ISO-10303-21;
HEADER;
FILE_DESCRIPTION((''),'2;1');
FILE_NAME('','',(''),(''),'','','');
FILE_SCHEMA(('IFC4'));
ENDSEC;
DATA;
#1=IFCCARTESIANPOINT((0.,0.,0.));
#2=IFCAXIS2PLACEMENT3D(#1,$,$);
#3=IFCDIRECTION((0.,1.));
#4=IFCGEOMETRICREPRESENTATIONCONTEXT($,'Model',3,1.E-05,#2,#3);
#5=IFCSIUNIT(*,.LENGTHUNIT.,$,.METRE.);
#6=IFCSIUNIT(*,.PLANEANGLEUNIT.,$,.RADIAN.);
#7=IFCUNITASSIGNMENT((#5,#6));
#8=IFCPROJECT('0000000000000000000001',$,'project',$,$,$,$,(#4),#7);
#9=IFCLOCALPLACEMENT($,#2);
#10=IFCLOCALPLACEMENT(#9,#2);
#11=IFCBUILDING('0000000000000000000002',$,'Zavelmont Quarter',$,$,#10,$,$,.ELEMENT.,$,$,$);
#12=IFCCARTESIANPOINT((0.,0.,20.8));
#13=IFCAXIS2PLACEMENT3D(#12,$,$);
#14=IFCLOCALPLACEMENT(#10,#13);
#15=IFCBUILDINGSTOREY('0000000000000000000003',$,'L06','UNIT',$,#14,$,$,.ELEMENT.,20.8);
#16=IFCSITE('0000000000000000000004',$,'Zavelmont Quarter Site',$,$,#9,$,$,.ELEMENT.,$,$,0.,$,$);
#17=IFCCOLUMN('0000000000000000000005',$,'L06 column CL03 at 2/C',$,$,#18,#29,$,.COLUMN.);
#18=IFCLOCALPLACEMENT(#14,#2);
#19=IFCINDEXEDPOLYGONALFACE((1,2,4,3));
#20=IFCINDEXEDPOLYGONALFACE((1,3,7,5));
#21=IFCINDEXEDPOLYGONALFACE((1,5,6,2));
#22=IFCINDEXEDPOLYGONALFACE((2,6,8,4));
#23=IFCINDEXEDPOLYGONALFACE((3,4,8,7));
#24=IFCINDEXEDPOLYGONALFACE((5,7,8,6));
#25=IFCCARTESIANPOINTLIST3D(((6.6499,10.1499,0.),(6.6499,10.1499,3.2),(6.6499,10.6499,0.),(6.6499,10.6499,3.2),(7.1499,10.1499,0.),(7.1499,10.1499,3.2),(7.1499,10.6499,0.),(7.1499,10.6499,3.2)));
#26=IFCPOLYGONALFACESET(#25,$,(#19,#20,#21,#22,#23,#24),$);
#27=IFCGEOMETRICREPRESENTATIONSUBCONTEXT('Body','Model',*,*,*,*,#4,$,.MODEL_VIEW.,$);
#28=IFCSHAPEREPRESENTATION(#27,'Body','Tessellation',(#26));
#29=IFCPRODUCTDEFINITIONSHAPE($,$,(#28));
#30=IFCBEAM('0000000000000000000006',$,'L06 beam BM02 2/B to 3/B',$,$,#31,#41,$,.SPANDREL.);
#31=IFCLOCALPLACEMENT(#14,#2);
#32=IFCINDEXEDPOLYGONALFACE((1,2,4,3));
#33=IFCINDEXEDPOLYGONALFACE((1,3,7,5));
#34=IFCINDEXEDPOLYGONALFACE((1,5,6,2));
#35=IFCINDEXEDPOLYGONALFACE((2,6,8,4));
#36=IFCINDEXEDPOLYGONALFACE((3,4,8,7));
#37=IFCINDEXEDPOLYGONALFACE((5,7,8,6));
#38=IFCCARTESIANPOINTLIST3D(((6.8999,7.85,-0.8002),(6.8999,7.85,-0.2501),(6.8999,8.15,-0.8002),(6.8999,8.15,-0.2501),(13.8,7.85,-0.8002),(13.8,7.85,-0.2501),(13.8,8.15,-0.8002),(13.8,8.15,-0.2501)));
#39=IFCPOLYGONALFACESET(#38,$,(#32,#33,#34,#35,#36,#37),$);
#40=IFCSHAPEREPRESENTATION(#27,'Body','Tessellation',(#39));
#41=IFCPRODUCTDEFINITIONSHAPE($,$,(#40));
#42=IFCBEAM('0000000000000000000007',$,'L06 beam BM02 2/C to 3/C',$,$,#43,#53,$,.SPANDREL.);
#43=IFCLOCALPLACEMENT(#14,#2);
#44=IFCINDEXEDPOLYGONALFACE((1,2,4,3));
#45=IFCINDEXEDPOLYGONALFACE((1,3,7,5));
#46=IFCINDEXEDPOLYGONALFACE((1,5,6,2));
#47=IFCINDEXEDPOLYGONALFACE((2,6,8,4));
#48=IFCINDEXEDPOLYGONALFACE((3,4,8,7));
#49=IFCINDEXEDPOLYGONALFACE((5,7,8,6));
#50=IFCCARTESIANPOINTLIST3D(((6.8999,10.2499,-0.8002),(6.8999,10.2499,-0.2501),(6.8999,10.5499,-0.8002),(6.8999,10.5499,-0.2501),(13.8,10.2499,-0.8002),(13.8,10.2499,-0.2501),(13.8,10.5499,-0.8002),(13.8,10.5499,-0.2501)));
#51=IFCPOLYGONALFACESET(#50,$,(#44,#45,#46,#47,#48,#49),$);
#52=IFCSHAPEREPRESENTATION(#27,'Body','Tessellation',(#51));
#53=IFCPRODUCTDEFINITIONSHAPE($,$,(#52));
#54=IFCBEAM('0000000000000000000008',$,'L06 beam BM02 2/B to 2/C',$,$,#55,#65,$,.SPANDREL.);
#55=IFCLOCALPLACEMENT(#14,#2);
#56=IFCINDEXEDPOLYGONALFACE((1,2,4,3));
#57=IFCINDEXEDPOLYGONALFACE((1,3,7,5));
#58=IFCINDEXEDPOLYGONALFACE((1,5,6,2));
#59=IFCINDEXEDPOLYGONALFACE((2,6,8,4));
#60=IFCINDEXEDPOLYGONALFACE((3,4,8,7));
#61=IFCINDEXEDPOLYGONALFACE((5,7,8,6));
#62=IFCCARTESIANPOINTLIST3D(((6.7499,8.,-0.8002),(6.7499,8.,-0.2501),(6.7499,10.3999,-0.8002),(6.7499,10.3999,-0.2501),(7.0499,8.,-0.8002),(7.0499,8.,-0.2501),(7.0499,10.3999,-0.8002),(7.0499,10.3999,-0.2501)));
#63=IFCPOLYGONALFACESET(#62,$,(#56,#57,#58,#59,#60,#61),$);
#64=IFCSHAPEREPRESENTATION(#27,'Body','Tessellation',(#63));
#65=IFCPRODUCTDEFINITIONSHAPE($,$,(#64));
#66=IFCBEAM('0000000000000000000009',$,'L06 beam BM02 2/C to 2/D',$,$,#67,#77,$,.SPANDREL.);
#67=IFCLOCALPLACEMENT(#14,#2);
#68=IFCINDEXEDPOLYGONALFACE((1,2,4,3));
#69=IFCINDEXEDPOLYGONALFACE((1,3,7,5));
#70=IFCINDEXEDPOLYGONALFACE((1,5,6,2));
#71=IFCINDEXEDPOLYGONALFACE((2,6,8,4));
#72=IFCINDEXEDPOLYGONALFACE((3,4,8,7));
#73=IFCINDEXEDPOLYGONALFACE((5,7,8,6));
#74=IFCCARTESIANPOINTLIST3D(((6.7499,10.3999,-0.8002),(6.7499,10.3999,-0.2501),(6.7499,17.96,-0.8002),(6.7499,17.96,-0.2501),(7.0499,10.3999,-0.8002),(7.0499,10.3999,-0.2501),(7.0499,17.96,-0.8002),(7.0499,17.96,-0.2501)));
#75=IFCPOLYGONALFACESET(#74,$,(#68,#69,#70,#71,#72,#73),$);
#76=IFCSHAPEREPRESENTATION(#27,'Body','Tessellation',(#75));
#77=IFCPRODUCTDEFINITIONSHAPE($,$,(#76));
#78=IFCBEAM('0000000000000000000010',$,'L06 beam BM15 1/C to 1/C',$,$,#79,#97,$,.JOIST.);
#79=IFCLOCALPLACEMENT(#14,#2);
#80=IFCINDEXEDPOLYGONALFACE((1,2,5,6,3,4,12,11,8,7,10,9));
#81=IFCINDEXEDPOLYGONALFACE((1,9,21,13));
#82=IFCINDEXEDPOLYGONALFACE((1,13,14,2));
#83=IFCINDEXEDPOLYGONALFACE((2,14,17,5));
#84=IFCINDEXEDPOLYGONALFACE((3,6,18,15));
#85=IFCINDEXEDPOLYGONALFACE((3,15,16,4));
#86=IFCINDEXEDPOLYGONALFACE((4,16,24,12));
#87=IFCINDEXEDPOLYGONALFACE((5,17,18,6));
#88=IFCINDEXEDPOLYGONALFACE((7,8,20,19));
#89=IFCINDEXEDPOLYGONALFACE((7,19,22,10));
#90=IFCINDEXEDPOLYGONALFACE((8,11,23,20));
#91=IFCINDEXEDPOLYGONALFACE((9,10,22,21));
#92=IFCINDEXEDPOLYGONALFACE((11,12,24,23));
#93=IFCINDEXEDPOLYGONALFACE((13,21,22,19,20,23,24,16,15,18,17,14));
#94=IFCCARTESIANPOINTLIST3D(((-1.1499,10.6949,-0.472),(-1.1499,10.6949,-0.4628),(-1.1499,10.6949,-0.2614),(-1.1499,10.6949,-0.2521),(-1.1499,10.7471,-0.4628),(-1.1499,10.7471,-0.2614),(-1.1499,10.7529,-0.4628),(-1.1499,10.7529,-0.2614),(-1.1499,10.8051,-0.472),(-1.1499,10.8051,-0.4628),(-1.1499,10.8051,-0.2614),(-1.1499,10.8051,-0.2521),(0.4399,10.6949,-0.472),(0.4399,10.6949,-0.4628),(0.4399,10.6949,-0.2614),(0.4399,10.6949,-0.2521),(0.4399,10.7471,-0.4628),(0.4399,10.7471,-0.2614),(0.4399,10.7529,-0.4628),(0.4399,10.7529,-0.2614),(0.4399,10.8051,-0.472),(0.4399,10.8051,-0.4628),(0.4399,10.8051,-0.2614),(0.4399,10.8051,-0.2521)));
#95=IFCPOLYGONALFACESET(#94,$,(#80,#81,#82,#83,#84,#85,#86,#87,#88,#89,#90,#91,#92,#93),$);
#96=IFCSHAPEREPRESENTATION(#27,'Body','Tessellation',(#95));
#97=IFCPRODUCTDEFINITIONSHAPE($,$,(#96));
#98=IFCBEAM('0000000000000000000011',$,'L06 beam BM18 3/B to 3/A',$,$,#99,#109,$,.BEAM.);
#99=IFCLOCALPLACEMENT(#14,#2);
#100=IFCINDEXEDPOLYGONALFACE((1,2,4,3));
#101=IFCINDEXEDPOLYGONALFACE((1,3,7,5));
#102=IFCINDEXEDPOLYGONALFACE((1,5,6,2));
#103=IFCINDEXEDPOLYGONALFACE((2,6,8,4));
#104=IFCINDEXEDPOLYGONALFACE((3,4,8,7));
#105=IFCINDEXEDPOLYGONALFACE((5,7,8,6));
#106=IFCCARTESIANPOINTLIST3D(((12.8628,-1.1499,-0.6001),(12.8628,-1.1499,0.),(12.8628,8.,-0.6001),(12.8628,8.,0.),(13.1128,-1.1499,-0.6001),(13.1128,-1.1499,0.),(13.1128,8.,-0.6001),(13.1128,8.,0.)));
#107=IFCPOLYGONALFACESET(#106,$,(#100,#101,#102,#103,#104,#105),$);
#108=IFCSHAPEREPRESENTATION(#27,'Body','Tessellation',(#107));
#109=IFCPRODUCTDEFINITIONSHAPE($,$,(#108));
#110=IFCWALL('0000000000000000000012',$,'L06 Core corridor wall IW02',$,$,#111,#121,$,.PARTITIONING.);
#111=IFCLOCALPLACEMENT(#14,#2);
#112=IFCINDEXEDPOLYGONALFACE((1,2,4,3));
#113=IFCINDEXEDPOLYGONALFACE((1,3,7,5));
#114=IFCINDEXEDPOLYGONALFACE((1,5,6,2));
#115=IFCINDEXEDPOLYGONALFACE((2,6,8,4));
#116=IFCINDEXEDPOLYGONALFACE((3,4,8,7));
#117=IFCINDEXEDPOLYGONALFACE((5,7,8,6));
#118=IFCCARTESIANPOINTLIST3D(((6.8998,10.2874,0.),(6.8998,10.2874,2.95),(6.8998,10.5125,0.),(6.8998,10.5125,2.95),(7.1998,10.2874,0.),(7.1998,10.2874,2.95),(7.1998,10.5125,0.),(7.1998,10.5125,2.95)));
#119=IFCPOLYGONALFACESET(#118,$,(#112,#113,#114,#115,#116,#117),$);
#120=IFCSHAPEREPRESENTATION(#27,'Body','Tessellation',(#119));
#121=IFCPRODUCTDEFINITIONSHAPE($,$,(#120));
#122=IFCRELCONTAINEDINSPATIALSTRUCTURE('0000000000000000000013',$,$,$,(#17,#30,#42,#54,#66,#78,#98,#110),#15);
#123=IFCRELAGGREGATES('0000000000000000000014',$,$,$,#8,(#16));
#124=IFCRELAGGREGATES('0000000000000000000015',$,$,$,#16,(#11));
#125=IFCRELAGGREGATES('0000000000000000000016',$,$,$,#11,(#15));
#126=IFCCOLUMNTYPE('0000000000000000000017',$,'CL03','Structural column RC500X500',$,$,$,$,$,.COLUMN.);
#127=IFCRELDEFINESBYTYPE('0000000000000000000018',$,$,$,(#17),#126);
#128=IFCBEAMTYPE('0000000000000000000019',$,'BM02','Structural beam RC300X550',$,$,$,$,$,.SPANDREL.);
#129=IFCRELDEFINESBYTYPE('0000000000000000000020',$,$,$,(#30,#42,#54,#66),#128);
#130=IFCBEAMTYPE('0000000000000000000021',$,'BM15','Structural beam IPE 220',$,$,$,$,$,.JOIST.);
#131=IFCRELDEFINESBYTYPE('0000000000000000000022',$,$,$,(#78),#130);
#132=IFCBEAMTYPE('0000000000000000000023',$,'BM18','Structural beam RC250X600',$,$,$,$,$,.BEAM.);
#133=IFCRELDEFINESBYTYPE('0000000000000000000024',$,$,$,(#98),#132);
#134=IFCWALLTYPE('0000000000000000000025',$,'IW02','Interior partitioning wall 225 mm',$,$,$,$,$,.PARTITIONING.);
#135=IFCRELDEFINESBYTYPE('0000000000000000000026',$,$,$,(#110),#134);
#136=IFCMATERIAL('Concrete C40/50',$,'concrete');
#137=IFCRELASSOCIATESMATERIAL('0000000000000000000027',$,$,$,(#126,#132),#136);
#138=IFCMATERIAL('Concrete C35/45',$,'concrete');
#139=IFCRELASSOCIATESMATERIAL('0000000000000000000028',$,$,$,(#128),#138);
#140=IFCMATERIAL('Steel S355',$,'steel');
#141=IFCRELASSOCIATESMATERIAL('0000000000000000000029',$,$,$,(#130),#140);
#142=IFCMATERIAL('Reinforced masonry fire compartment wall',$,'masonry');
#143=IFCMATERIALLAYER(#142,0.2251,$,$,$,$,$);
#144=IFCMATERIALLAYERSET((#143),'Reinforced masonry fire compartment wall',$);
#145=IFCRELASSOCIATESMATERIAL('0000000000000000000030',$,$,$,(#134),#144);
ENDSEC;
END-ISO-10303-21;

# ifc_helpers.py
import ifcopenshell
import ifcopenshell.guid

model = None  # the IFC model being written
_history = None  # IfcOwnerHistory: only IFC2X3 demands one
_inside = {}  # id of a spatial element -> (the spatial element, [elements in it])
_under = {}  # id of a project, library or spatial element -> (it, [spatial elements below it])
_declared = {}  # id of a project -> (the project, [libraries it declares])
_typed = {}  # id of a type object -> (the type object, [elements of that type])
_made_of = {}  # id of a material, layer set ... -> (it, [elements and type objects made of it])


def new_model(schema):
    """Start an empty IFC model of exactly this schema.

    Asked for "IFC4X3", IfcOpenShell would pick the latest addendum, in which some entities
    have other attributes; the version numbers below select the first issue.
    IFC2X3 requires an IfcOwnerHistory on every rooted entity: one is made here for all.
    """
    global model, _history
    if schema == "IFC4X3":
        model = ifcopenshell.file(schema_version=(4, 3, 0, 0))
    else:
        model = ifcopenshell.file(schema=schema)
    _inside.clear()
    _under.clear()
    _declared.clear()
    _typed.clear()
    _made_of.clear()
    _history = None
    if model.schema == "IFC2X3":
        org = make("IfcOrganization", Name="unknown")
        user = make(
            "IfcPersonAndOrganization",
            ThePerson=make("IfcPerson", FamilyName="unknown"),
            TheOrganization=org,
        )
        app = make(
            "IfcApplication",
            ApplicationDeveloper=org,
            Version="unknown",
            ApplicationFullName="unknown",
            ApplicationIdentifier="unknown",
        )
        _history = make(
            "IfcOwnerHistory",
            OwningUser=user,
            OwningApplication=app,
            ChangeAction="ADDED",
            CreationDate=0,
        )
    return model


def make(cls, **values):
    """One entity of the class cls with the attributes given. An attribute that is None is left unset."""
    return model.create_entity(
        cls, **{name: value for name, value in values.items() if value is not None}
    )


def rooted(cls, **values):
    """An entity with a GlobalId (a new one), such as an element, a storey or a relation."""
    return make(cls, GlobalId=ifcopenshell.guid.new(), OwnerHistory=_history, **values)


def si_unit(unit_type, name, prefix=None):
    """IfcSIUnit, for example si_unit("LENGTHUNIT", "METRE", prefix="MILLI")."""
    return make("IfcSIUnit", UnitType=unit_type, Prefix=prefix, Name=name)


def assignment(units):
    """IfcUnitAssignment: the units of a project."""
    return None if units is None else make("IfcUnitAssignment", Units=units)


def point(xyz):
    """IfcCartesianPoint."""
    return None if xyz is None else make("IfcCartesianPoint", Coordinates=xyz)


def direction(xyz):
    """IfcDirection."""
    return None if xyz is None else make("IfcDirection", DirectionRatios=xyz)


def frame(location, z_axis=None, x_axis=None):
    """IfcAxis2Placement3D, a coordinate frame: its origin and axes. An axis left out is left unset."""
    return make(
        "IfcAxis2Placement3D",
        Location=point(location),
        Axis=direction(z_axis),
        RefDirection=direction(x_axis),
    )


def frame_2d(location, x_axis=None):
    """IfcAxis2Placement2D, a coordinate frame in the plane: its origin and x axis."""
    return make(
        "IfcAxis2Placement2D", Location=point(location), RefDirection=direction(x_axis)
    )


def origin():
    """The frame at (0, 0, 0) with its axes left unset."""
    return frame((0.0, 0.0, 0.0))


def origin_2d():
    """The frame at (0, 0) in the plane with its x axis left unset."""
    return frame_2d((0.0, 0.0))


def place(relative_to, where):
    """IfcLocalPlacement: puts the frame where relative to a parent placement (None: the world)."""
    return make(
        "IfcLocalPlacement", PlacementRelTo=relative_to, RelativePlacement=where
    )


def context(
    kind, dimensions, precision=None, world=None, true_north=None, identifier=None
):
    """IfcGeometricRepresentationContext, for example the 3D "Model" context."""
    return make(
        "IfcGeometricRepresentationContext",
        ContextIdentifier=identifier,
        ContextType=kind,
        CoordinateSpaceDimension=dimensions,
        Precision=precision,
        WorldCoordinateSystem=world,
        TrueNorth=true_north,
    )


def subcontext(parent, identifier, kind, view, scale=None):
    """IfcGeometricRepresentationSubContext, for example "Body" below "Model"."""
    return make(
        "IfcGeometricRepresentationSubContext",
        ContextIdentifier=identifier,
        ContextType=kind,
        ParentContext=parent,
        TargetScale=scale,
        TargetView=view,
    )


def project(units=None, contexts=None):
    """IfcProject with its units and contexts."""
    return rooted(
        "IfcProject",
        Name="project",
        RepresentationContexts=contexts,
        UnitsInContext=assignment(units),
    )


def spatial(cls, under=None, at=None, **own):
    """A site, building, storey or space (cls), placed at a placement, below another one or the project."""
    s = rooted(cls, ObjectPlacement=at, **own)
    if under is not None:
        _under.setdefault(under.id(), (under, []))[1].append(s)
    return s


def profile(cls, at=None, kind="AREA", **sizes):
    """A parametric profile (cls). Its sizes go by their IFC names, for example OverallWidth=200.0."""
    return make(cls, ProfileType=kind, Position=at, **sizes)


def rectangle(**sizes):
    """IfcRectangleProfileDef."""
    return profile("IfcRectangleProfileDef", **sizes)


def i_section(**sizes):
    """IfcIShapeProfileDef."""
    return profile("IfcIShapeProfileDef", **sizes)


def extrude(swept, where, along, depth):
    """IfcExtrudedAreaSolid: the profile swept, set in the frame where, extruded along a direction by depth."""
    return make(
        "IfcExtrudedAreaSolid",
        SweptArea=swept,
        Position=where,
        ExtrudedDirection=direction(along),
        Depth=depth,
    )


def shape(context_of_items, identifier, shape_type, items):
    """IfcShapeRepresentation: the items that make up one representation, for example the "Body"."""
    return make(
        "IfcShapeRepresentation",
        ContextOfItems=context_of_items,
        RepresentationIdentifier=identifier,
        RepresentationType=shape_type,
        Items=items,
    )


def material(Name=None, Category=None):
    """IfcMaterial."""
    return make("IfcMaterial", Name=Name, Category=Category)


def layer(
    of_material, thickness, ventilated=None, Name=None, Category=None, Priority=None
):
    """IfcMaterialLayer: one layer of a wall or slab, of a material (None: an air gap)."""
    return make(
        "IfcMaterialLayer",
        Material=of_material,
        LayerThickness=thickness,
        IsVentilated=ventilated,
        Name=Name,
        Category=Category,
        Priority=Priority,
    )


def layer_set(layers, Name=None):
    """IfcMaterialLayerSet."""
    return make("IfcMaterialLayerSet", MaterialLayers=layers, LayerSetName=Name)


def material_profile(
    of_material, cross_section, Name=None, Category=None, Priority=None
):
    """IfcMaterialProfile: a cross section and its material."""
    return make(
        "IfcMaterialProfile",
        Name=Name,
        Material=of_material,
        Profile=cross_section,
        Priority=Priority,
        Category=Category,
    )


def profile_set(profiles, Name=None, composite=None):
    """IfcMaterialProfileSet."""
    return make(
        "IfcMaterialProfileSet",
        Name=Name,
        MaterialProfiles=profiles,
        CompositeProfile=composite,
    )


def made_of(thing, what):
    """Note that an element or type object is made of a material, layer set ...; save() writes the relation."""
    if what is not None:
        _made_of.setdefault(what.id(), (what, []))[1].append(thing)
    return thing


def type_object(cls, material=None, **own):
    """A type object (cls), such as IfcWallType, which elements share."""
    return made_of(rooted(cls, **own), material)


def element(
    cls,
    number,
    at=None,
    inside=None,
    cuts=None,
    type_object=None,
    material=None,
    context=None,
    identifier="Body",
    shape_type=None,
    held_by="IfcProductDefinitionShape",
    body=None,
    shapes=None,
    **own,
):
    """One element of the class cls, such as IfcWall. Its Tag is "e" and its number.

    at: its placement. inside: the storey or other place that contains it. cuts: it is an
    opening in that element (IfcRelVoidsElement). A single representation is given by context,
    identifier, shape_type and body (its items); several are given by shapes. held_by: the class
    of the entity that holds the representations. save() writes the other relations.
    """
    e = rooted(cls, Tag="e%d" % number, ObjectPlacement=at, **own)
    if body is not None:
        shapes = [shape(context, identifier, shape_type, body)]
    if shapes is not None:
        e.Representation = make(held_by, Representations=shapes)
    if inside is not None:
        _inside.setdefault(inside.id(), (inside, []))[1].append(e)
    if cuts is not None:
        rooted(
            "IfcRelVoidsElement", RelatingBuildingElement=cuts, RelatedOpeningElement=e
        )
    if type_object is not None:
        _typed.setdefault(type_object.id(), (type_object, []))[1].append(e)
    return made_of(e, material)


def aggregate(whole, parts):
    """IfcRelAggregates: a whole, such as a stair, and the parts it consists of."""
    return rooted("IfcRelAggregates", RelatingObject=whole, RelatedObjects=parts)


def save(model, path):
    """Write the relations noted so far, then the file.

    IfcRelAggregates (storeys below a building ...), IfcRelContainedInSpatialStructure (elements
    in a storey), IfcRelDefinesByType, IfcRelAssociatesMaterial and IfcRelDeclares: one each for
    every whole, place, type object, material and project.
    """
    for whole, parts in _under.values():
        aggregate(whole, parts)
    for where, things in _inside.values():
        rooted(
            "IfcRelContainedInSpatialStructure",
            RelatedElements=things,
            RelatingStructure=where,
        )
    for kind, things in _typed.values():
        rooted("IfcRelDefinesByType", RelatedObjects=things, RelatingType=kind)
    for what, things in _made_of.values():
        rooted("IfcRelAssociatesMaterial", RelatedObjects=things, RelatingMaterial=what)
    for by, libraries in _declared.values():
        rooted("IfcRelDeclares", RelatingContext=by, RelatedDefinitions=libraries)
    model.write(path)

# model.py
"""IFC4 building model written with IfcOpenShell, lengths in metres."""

from ifc_helpers import new_model, si_unit, direction, frame, frame_2d, origin, origin_2d, place, context, subcontext, project, spatial, rectangle, i_section, extrude, material, layer, layer_set, material_profile, profile_set, type_object, element, save


model = new_model("IFC4")

# Units and contexts
model_context = context("Model", 3, precision=1e-05, world=origin(), true_north=direction((0.0, 1.0)))
body_context = subcontext(model_context, "Body", "Model", "MODEL_VIEW")
ifc_project = project(units=[si_unit("LENGTHUNIT", "METRE"), si_unit("PLANEANGLEUNIT", "RADIAN")], contexts=[model_context])

# Site, building, storey
site_placement = place(None, origin())
site = spatial("IfcSite", under=ifc_project, at=site_placement, Name="Zavelmont Quarter Site", CompositionType="ELEMENT", RefElevation=0.0)
building_placement = place(site_placement, origin())
building = spatial("IfcBuilding", under=site, at=building_placement, Name="Zavelmont Quarter", CompositionType="ELEMENT")
storey_placement = place(building_placement, frame((0.0, 0.0, 20.8)))
storey = spatial("IfcBuildingStorey", under=building, at=storey_placement, Name="L06", Description="UNIT", CompositionType="ELEMENT", Elevation=20.8)

# Column
ifc_material_1 = material(Name="Concrete C40/50", Category="concrete")
ifc_material_profile_1 = material_profile(ifc_material_1, rectangle(XDim=0.5, YDim=0.5, at=origin_2d()), Name="RC500X500")
ifc_profile_set_1 = profile_set([ifc_material_profile_1], Name="Concrete C40/50")
column_type = type_object("IfcColumnType", Name="CL03", Description="Structural column RC500X500", PredefinedType="COLUMN", material=ifc_profile_set_1)
column_placement = place(storey_placement, frame((6.8999, 10.3999, 0.0), z_axis=(0.0, 0.0, 1.0), x_axis=(1.0, 0.0, 0.0)))
element("IfcColumn", 1, at=column_placement, inside=storey, type_object=column_type, Name="L06 column CL03 at 2/C", PredefinedType="COLUMN", context=body_context, shape_type="SweptSolid", body=[
    extrude(rectangle(XDim=0.5, YDim=0.5, at=origin_2d()), origin(), (0.0, 0.0, 1.0), 3.2),
])

# Beams
ifc_material_2 = material(Name="Concrete C35/45", Category="concrete")
ifc_material_profile_2 = material_profile(ifc_material_2, rectangle(XDim=0.3, YDim=0.55, at=origin_2d()), Name="RC300X550")
ifc_profile_set_2 = profile_set([ifc_material_profile_2], Name="Concrete C35/45")
beam_type_1 = type_object("IfcBeamType", Name="BM02", Description="Structural beam RC300X550", PredefinedType="SPANDREL", material=ifc_profile_set_2)
for number, where, z_axis, x_axis, name in (
    (2, (6.8999, 8.0, -0.5251), (1.0, 0.0, 0.0), (0.0, 1.0, 0.0), "L06 beam BM02 2/B to 3/B"),
    (3, (6.8999, 10.3999, -0.5251), (1.0, 0.0, 0.0), (0.0, 1.0, 0.0), "L06 beam BM02 2/C to 3/C"),
):
    element("IfcBeam", number, at=place(storey_placement, frame(where, z_axis=z_axis, x_axis=x_axis)), inside=storey, type_object=beam_type_1, Name=name, PredefinedType="SPANDREL", context=body_context, shape_type="SweptSolid", body=[
        extrude(rectangle(XDim=0.3, YDim=0.55, at=origin_2d()), origin(), (0.0, 0.0, 1.0), 6.9001),
    ])
beam_1_placement = place(storey_placement, frame((6.8999, 8.0, -0.5251), z_axis=(0.0, 1.0, 0.0), x_axis=(-1.0, 0.0, 0.0)))
element("IfcBeam", 4, at=beam_1_placement, inside=storey, type_object=beam_type_1, Name="L06 beam BM02 2/B to 2/C", PredefinedType="SPANDREL", context=body_context, shape_type="SweptSolid", body=[
    extrude(rectangle(XDim=0.3, YDim=0.55, at=origin_2d()), origin(), (0.0, 0.0, 1.0), 2.3999),
])
beam_2_placement = place(storey_placement, frame((6.8999, 10.3999, -0.5251), z_axis=(0.0, 1.0, 0.0), x_axis=(-1.0, 0.0, 0.0)))
element("IfcBeam", 5, at=beam_2_placement, inside=storey, type_object=beam_type_1, Name="L06 beam BM02 2/C to 2/D", PredefinedType="SPANDREL", context=body_context, shape_type="SweptSolid", body=[
    extrude(rectangle(XDim=0.3, YDim=0.55, at=origin_2d()), origin(), (0.0, 0.0, 1.0), 7.5601),
])
ifc_material_3 = material(Name="Steel S355", Category="steel")
ifc_material_profile_3 = material_profile(ifc_material_3, i_section(OverallWidth=0.1101, OverallDepth=0.22, WebThickness=0.0059, FlangeThickness=0.0093, at=origin_2d()), Name="IPE 220")
ifc_profile_set_3 = profile_set([ifc_material_profile_3], Name="Steel S355")
beam_type_2 = type_object("IfcBeamType", Name="BM15", Description="Structural beam IPE 220", PredefinedType="JOIST", material=ifc_profile_set_3)
beam_3_placement = place(storey_placement, frame((0.4399, 10.75, -0.3621), z_axis=(-1.0, 0.0, 0.0), x_axis=(0.0, -1.0, 0.0)))
element("IfcBeam", 6, at=beam_3_placement, inside=storey, type_object=beam_type_2, Name="L06 beam BM15 1/C to 1/C", PredefinedType="JOIST", context=body_context, shape_type="SweptSolid", body=[
    extrude(i_section(OverallWidth=0.1101, OverallDepth=0.22, WebThickness=0.0059, FlangeThickness=0.0093, at=origin_2d()), origin(), (0.0, 0.0, 1.0), 1.5898),
])
ifc_material_profile_4 = material_profile(ifc_material_1, rectangle(XDim=0.25, YDim=0.6001, at=origin_2d()), Name="RC250X600")
ifc_profile_set_4 = profile_set([ifc_material_profile_4], Name="Concrete C40/50")
beam_type_3 = type_object("IfcBeamType", Name="BM18", Description="Structural beam RC250X600", PredefinedType="BEAM", material=ifc_profile_set_4)
beam_4_placement = place(storey_placement, frame((12.9878, 8.0, -0.3), z_axis=(0.0, -1.0, 0.0), x_axis=(1.0, 0.0, 0.0)))
element("IfcBeam", 7, at=beam_4_placement, inside=storey, type_object=beam_type_3, Name="L06 beam BM18 3/B to 3/A", PredefinedType="BEAM", context=body_context, shape_type="SweptSolid", body=[
    extrude(rectangle(XDim=0.25, YDim=0.6001, at=origin_2d()), origin(), (0.0, 0.0, 1.0), 9.1499),
])

# Wall
ifc_material_4 = material(Name="Reinforced masonry fire compartment wall", Category="masonry")
ifc_layer_1 = layer(ifc_material_4, 0.2251)
ifc_layer_set_1 = layer_set([ifc_layer_1], Name="Reinforced masonry fire compartment wall")
wall_type_1 = type_object("IfcWallType", Name="IW02", Description="Interior partitioning wall 225 mm", PredefinedType="PARTITIONING", material=ifc_layer_set_1)
wall_1_placement = place(storey_placement, frame((6.8999, 10.3999, 0.0), z_axis=(0.0, 0.0, 1.0), x_axis=(1.0, 0.0, 0.0)))
element("IfcWall", 8, at=wall_1_placement, inside=storey, type_object=wall_type_1, Name="L06 Core corridor wall IW02", PredefinedType="PARTITIONING", context=body_context, shape_type="SweptSolid", body=[
    extrude(rectangle(XDim=0.3, YDim=0.2251, at=frame_2d((0.1499, 0.0))), origin(), (0.0, 0.0, 1.0), 2.95),
])

save(model, "model.ifc")
